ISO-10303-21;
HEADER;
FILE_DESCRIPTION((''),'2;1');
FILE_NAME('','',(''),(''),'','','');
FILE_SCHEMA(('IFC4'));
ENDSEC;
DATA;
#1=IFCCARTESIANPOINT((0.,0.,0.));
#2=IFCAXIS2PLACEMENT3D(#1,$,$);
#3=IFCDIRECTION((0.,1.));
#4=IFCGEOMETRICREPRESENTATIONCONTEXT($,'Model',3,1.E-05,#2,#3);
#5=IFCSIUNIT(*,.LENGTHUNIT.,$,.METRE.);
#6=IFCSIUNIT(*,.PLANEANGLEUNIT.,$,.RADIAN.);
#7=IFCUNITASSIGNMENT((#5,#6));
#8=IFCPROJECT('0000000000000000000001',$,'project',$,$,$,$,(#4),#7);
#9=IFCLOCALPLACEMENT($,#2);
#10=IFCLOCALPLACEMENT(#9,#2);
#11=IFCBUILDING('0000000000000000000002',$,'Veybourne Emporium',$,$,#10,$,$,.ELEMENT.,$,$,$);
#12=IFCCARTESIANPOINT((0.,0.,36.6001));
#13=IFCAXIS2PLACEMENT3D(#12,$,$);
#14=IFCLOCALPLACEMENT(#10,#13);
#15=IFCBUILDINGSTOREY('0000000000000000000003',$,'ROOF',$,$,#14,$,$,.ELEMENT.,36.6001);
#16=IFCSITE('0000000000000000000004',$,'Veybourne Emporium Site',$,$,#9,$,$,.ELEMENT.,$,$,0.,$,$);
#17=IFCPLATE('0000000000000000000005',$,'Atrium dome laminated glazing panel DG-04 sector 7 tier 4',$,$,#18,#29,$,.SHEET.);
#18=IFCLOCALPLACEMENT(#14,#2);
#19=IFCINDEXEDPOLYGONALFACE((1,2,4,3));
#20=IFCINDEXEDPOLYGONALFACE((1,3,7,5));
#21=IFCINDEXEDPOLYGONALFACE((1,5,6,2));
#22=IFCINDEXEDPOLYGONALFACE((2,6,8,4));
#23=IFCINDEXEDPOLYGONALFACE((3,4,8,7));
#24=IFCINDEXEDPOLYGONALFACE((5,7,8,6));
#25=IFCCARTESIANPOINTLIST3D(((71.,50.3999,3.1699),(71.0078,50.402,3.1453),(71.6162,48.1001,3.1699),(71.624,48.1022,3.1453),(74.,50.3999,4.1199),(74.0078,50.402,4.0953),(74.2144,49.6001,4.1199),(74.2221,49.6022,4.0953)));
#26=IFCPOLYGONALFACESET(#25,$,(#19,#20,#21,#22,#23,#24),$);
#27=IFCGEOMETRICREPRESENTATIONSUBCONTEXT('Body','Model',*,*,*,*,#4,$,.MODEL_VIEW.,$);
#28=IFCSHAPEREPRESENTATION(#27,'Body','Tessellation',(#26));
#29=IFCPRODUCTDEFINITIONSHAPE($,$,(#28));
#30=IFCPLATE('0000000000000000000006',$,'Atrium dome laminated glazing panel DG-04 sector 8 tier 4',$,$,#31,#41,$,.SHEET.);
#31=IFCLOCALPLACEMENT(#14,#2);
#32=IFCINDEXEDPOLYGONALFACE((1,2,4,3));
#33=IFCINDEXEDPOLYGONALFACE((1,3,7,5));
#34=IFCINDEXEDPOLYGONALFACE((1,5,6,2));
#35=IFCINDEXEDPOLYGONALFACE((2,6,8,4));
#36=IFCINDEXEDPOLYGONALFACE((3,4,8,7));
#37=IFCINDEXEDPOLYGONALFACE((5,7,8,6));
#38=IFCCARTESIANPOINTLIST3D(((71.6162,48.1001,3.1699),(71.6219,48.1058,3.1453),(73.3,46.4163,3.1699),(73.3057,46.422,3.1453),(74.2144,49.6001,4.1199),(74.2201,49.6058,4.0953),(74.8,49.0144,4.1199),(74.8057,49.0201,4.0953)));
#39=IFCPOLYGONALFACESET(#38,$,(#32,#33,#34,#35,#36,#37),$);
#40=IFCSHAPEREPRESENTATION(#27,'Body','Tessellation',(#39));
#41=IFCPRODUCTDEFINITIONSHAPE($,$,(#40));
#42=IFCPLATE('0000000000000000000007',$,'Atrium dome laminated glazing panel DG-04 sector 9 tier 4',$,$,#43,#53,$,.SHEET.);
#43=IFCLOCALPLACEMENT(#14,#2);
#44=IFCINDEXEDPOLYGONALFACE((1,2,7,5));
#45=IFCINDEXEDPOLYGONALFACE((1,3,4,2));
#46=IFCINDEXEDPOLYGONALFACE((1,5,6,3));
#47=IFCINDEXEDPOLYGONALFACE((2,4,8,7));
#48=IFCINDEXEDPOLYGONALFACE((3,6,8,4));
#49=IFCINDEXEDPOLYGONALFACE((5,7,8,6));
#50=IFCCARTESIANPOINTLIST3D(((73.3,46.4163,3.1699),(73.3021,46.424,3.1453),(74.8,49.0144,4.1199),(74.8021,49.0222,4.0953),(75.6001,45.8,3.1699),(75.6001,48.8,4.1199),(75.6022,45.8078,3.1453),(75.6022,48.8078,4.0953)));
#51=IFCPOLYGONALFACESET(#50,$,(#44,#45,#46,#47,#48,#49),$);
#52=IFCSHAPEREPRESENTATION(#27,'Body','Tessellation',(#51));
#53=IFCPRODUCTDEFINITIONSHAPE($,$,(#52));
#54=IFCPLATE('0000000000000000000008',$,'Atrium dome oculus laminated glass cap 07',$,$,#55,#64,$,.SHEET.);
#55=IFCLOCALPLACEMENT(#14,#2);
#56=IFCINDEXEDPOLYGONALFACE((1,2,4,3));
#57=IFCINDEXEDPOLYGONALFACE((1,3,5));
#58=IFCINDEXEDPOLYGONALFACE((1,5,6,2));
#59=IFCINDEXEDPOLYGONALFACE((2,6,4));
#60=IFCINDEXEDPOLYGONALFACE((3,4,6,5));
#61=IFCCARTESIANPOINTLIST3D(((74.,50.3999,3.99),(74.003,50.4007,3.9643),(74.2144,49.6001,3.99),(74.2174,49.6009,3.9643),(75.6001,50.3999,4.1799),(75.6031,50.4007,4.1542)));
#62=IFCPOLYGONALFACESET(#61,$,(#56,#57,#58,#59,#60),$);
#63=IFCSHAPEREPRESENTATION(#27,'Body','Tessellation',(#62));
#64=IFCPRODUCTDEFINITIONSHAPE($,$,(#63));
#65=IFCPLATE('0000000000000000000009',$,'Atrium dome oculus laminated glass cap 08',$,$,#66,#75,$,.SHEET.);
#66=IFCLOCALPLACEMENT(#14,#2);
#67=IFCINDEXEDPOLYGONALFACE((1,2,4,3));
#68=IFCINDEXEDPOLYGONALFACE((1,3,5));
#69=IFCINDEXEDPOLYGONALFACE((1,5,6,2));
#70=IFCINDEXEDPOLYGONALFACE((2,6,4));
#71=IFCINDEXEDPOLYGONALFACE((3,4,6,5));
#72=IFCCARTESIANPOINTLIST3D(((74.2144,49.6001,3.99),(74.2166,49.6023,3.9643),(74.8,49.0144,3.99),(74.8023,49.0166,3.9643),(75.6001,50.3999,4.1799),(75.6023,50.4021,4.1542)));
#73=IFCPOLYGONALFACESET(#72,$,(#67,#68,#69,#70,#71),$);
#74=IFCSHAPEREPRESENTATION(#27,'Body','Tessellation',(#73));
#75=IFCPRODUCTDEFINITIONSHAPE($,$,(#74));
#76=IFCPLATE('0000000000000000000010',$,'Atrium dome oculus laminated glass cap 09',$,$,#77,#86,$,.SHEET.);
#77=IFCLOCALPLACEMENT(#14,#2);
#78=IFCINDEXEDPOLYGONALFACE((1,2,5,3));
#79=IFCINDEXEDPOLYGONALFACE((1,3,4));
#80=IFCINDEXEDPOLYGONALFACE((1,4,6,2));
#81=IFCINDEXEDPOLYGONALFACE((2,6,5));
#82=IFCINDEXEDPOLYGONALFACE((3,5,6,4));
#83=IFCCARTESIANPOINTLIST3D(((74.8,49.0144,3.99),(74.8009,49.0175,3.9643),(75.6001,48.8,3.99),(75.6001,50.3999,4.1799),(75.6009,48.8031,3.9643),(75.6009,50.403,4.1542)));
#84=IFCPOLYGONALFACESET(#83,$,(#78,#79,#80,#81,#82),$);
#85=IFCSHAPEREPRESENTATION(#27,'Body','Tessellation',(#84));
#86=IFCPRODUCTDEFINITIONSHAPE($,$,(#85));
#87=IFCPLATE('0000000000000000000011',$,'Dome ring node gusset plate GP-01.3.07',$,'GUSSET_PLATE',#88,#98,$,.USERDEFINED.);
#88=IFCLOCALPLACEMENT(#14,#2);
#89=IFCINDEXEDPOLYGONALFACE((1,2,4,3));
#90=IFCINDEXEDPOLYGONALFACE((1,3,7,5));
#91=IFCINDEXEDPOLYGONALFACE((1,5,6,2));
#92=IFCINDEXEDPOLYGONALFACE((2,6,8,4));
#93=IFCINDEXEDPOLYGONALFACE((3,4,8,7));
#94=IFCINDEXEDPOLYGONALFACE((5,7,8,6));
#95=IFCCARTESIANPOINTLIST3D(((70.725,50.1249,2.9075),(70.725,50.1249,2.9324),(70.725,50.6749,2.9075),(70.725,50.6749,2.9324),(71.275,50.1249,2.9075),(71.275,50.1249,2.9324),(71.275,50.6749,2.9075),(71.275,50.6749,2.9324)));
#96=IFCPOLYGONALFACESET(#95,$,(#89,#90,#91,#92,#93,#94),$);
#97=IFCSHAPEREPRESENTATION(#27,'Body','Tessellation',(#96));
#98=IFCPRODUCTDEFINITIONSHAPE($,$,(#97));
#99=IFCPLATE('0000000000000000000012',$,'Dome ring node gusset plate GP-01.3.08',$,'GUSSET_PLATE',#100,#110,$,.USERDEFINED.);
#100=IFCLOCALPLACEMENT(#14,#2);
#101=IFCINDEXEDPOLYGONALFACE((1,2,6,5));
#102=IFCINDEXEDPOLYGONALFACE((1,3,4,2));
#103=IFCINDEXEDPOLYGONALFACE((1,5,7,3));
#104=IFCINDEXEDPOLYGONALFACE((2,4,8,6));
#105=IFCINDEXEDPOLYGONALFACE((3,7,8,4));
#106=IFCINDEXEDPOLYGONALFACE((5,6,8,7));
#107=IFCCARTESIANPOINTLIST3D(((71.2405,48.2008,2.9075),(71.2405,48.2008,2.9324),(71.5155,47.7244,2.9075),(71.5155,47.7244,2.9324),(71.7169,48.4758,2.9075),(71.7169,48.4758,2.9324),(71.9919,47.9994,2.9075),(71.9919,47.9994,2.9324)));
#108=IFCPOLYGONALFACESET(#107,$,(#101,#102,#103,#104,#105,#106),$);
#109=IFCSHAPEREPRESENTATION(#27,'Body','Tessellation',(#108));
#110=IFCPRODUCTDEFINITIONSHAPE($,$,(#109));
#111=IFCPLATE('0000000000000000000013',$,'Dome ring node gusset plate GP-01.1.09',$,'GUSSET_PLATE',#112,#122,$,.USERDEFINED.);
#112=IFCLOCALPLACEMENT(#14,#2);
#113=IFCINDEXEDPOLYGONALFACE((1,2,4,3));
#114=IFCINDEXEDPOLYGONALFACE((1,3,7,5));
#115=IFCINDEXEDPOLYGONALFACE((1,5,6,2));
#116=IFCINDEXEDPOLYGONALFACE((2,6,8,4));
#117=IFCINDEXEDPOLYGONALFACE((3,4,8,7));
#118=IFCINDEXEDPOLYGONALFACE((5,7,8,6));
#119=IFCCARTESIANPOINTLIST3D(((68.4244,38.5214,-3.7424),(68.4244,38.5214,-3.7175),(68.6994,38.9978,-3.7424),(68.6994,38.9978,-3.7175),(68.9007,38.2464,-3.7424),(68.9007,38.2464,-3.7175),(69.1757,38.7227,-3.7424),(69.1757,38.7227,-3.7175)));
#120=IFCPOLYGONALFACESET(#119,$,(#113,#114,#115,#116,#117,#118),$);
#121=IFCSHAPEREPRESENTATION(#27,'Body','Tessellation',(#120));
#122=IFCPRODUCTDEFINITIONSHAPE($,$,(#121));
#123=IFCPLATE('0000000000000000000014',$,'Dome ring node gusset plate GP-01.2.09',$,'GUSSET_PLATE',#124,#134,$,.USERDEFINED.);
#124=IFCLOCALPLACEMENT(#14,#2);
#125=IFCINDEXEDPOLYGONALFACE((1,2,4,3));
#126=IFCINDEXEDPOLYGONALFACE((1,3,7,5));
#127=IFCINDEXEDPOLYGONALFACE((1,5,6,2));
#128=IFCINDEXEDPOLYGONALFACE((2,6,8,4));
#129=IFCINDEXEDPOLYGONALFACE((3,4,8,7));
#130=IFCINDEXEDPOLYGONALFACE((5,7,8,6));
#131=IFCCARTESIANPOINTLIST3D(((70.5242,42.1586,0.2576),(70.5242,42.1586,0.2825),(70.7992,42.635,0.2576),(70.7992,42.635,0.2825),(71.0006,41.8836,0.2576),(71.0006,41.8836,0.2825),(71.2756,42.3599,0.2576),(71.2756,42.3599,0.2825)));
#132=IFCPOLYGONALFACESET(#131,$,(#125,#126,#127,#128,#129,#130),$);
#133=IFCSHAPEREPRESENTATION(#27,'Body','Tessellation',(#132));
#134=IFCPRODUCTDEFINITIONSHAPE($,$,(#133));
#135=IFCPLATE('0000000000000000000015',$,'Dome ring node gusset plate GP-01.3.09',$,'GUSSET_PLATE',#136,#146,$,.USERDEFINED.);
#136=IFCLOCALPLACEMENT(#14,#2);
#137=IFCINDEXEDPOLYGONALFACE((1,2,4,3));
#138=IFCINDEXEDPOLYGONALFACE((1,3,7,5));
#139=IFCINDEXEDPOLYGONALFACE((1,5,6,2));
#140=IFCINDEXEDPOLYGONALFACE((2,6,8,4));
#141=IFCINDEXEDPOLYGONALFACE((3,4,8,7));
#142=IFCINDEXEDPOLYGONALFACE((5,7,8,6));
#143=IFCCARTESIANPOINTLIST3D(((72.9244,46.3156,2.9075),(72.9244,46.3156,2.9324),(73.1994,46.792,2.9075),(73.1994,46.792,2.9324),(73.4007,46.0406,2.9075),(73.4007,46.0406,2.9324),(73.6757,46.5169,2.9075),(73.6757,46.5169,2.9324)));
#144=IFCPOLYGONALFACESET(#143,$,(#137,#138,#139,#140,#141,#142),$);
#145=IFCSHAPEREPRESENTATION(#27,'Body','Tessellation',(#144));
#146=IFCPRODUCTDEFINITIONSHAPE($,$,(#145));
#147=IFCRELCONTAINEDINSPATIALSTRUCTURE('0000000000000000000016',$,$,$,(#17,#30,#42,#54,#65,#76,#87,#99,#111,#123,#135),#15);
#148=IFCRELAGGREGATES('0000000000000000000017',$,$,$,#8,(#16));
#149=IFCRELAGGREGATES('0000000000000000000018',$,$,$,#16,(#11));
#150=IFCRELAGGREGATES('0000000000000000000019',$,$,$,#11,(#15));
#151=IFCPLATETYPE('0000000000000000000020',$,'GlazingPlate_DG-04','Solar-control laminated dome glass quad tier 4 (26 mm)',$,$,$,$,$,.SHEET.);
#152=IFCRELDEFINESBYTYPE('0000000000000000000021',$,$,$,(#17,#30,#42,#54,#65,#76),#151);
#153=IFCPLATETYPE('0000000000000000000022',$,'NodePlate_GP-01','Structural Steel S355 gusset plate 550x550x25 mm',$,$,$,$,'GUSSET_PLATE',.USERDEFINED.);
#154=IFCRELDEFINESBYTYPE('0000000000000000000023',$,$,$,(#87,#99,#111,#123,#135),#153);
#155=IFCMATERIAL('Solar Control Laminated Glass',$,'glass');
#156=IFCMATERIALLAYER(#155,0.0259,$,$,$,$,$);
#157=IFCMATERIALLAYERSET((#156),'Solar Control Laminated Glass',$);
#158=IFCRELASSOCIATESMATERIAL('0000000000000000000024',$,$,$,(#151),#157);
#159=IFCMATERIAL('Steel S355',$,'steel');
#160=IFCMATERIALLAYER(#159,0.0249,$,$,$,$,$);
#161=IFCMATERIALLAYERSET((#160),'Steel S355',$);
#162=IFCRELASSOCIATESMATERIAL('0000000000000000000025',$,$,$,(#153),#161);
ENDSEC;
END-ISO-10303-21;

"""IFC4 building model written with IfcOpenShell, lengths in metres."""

from ifc_helpers import new_model, si_unit, direction, frame, origin, origin_2d, place, context, subcontext, project, spatial, polyline, rectangle, outline, extrude, material, layer, layer_set, type_object, element, save


model = new_model("IFC4")

# Units and contexts
model_context = context("Model", 3, precision=1e-05, world=origin(), true_north=direction((0.0, 1.0)))
body_context = subcontext(model_context, "Body", "Model", "MODEL_VIEW")
ifc_project = project(units=[si_unit("LENGTHUNIT", "METRE"), si_unit("PLANEANGLEUNIT", "RADIAN")], contexts=[model_context])

# Site, building, storey
site_placement = place(None, origin())
site = spatial("IfcSite", under=ifc_project, at=site_placement, Name="Veybourne Emporium Site", CompositionType="ELEMENT", RefElevation=0.0)
building_placement = place(site_placement, origin())
building = spatial("IfcBuilding", under=site, at=building_placement, Name="Veybourne Emporium", CompositionType="ELEMENT")
storey_placement = place(building_placement, frame((0.0, 0.0, 36.6001)))
storey = spatial("IfcBuildingStorey", under=building, at=storey_placement, Name="ROOF", CompositionType="ELEMENT", Elevation=36.6001)

# Shared definitions
ifc_material_1 = material(Name="Steel S355", Category="steel")

# Plates
ifc_material_2 = material(Name="Solar Control Laminated Glass", Category="glass")
ifc_layer_1 = layer(ifc_material_2, 0.0259)
ifc_layer_set_1 = layer_set([ifc_layer_1], Name="Solar Control Laminated Glass")
plate_type_1 = type_object("IfcPlateType", Name="GlazingPlate_DG-04", Description="Solar-control laminated dome glass quad tier 4 (26 mm)", PredefinedType="SHEET", material=ifc_layer_set_1)
plate_1_placement = place(storey_placement, frame((71.0, 50.3999, 3.1699), z_axis=(-0.300891, -0.080626, 0.950244), x_axis=(0.258813, -0.965927, -0.000005)))
element("IfcPlate", 1, at=plate_1_placement, inside=storey, type_object=plate_type_1, Name="Atrium dome laminated glazing panel DG-04 sector 7 tier 4", PredefinedType="SHEET", context=body_context, shape_type="SweptSolid", body=[
    extrude(outline(polyline([(0.0, 0.0), (2.3809, 0.0), (1.6045, 3.0496), (0.7764, 3.0495), (0.0, 0.0)])), origin(), (0.0, 0.0, -1.0), 0.0259),
])
plate_2_placement = place(storey_placement, frame((71.6162, 48.1001, 3.1699), z_axis=(-0.220267, -0.220267, 0.950245), x_axis=(0.707107, -0.707107, 0.0)))
element("IfcPlate", 2, at=plate_2_placement, inside=storey, type_object=plate_type_1, Name="Atrium dome laminated glazing panel DG-04 sector 8 tier 4", PredefinedType="SHEET", context=body_context, shape_type="SweptSolid", body=[
    extrude(outline(polyline([(0.0, 0.0), (2.3813, 0.0), (1.6048, 3.0496), (0.7765, 3.0496), (0.0, 0.0)])), origin(), (0.0, 0.0, -1.0), 0.0259),
])
plate_3_placement = place(storey_placement, frame((73.3, 46.4163, 3.1699), z_axis=(-0.080614, -0.300894, 0.950244), x_axis=(0.965935, -0.258786, 0.000001)))
element("IfcPlate", 3, at=plate_3_placement, inside=storey, type_object=plate_type_1, Name="Atrium dome laminated glazing panel DG-04 sector 9 tier 4", PredefinedType="SHEET", context=body_context, shape_type="SweptSolid", body=[
    extrude(outline(polyline([(0.0, 0.0), (2.3812, 0.0), (1.6048, 3.0495), (0.7765, 3.0495), (0.0, 0.0)])), origin(), (0.0, 0.0, -1.0), 0.0259),
])
plate_4_placement = place(storey_placement, frame((74.0, 50.3999, 3.99), z_axis=(-0.11782, -0.031577, 0.992533), x_axis=(0.258874, -0.965911, 0.0)))
element("IfcPlate", 4, at=plate_4_placement, inside=storey, type_object=plate_type_1, Name="Atrium dome oculus laminated glass cap 07", PredefinedType="SHEET", context=body_context, shape_type="SweptSolid", body=[
    extrude(outline(polyline([(0.0, 0.0), (0.828, 0.0), (0.4142, 1.5572), (0.0, 0.0)])), origin(), (0.0, 0.0, -1.0), 0.0259),
])
plate_5_placement = place(storey_placement, frame((74.2144, 49.6001, 3.99), z_axis=(-0.086259, -0.086259, 0.992532), x_axis=(0.707107, -0.707107, 0.0)))
element("IfcPlate", 5, at=plate_5_placement, inside=storey, type_object=plate_type_1, Name="Atrium dome oculus laminated glass cap 08", PredefinedType="SHEET", context=body_context, shape_type="SweptSolid", body=[
    extrude(outline(polyline([(0.0, 0.0), (0.8283, 0.0), (0.4143, 1.557), (0.0, 0.0)])), origin(), (0.0, 0.0, -1.0), 0.0259),
])
plate_6_placement = place(storey_placement, frame((74.8, 49.0144, 3.99), z_axis=(-0.031572, -0.117837, 0.992531), x_axis=(0.965931, -0.2588, 0.0)))
element("IfcPlate", 6, at=plate_6_placement, inside=storey, type_object=plate_type_1, Name="Atrium dome oculus laminated glass cap 09", PredefinedType="SHEET", context=body_context, shape_type="SweptSolid", body=[
    extrude(outline(polyline([(0.0, 0.0), (0.8283, 0.0), (0.4142, 1.557), (0.0, 0.0)])), origin(), (0.0, 0.0, -1.0), 0.0259),
])
ifc_layer_2 = layer(ifc_material_1, 0.0249)
ifc_layer_set_2 = layer_set([ifc_layer_2], Name="Steel S355")
plate_type_2 = type_object("IfcPlateType", Name="NodePlate_GP-01", Description="Structural Steel S355 gusset plate 550x550x25 mm", ElementType="GUSSET_PLATE", PredefinedType="USERDEFINED", material=ifc_layer_set_2)
for number, where, z_axis, x_axis, name in (
    (7, (71.0, 50.3999, 2.9075), (0.0, 0.0, 1.0), (-1.0, 0.0, 0.0), "Dome ring node gusset plate GP-01.3.07"),
    (8, (71.6162, 48.1001, 2.9075), (0.0, 0.0, 1.0), (-0.866025, -0.5, 0.0), "Dome ring node gusset plate GP-01.3.08"),
    (9, (68.8, 38.6221, -3.7424), (0.0, 0.0, 1.0), (-0.5, -0.866025, 0.0), "Dome ring node gusset plate GP-01.1.09"),
    (10, (70.8999, 42.2593, 0.2576), (0.0, 0.0, 1.0), (-0.5, -0.866025, 0.0), "Dome ring node gusset plate GP-01.2.09"),
    (11, (73.3, 46.4163, 2.9075), (0.0, 0.0, 1.0), (-0.5, -0.866025, 0.0), "Dome ring node gusset plate GP-01.3.09"),
):
    element("IfcPlate", number, at=place(storey_placement, frame(where, z_axis=z_axis, x_axis=x_axis)), inside=storey, type_object=plate_type_2, Name=name, ObjectType="GUSSET_PLATE", PredefinedType="USERDEFINED", context=body_context, shape_type="SweptSolid", body=[
        extrude(rectangle(XDim=0.55, YDim=0.55, at=origin_2d()), origin(), (0.0, 0.0, 1.0), 0.0249),
    ])

save(model, "model.ifc")
